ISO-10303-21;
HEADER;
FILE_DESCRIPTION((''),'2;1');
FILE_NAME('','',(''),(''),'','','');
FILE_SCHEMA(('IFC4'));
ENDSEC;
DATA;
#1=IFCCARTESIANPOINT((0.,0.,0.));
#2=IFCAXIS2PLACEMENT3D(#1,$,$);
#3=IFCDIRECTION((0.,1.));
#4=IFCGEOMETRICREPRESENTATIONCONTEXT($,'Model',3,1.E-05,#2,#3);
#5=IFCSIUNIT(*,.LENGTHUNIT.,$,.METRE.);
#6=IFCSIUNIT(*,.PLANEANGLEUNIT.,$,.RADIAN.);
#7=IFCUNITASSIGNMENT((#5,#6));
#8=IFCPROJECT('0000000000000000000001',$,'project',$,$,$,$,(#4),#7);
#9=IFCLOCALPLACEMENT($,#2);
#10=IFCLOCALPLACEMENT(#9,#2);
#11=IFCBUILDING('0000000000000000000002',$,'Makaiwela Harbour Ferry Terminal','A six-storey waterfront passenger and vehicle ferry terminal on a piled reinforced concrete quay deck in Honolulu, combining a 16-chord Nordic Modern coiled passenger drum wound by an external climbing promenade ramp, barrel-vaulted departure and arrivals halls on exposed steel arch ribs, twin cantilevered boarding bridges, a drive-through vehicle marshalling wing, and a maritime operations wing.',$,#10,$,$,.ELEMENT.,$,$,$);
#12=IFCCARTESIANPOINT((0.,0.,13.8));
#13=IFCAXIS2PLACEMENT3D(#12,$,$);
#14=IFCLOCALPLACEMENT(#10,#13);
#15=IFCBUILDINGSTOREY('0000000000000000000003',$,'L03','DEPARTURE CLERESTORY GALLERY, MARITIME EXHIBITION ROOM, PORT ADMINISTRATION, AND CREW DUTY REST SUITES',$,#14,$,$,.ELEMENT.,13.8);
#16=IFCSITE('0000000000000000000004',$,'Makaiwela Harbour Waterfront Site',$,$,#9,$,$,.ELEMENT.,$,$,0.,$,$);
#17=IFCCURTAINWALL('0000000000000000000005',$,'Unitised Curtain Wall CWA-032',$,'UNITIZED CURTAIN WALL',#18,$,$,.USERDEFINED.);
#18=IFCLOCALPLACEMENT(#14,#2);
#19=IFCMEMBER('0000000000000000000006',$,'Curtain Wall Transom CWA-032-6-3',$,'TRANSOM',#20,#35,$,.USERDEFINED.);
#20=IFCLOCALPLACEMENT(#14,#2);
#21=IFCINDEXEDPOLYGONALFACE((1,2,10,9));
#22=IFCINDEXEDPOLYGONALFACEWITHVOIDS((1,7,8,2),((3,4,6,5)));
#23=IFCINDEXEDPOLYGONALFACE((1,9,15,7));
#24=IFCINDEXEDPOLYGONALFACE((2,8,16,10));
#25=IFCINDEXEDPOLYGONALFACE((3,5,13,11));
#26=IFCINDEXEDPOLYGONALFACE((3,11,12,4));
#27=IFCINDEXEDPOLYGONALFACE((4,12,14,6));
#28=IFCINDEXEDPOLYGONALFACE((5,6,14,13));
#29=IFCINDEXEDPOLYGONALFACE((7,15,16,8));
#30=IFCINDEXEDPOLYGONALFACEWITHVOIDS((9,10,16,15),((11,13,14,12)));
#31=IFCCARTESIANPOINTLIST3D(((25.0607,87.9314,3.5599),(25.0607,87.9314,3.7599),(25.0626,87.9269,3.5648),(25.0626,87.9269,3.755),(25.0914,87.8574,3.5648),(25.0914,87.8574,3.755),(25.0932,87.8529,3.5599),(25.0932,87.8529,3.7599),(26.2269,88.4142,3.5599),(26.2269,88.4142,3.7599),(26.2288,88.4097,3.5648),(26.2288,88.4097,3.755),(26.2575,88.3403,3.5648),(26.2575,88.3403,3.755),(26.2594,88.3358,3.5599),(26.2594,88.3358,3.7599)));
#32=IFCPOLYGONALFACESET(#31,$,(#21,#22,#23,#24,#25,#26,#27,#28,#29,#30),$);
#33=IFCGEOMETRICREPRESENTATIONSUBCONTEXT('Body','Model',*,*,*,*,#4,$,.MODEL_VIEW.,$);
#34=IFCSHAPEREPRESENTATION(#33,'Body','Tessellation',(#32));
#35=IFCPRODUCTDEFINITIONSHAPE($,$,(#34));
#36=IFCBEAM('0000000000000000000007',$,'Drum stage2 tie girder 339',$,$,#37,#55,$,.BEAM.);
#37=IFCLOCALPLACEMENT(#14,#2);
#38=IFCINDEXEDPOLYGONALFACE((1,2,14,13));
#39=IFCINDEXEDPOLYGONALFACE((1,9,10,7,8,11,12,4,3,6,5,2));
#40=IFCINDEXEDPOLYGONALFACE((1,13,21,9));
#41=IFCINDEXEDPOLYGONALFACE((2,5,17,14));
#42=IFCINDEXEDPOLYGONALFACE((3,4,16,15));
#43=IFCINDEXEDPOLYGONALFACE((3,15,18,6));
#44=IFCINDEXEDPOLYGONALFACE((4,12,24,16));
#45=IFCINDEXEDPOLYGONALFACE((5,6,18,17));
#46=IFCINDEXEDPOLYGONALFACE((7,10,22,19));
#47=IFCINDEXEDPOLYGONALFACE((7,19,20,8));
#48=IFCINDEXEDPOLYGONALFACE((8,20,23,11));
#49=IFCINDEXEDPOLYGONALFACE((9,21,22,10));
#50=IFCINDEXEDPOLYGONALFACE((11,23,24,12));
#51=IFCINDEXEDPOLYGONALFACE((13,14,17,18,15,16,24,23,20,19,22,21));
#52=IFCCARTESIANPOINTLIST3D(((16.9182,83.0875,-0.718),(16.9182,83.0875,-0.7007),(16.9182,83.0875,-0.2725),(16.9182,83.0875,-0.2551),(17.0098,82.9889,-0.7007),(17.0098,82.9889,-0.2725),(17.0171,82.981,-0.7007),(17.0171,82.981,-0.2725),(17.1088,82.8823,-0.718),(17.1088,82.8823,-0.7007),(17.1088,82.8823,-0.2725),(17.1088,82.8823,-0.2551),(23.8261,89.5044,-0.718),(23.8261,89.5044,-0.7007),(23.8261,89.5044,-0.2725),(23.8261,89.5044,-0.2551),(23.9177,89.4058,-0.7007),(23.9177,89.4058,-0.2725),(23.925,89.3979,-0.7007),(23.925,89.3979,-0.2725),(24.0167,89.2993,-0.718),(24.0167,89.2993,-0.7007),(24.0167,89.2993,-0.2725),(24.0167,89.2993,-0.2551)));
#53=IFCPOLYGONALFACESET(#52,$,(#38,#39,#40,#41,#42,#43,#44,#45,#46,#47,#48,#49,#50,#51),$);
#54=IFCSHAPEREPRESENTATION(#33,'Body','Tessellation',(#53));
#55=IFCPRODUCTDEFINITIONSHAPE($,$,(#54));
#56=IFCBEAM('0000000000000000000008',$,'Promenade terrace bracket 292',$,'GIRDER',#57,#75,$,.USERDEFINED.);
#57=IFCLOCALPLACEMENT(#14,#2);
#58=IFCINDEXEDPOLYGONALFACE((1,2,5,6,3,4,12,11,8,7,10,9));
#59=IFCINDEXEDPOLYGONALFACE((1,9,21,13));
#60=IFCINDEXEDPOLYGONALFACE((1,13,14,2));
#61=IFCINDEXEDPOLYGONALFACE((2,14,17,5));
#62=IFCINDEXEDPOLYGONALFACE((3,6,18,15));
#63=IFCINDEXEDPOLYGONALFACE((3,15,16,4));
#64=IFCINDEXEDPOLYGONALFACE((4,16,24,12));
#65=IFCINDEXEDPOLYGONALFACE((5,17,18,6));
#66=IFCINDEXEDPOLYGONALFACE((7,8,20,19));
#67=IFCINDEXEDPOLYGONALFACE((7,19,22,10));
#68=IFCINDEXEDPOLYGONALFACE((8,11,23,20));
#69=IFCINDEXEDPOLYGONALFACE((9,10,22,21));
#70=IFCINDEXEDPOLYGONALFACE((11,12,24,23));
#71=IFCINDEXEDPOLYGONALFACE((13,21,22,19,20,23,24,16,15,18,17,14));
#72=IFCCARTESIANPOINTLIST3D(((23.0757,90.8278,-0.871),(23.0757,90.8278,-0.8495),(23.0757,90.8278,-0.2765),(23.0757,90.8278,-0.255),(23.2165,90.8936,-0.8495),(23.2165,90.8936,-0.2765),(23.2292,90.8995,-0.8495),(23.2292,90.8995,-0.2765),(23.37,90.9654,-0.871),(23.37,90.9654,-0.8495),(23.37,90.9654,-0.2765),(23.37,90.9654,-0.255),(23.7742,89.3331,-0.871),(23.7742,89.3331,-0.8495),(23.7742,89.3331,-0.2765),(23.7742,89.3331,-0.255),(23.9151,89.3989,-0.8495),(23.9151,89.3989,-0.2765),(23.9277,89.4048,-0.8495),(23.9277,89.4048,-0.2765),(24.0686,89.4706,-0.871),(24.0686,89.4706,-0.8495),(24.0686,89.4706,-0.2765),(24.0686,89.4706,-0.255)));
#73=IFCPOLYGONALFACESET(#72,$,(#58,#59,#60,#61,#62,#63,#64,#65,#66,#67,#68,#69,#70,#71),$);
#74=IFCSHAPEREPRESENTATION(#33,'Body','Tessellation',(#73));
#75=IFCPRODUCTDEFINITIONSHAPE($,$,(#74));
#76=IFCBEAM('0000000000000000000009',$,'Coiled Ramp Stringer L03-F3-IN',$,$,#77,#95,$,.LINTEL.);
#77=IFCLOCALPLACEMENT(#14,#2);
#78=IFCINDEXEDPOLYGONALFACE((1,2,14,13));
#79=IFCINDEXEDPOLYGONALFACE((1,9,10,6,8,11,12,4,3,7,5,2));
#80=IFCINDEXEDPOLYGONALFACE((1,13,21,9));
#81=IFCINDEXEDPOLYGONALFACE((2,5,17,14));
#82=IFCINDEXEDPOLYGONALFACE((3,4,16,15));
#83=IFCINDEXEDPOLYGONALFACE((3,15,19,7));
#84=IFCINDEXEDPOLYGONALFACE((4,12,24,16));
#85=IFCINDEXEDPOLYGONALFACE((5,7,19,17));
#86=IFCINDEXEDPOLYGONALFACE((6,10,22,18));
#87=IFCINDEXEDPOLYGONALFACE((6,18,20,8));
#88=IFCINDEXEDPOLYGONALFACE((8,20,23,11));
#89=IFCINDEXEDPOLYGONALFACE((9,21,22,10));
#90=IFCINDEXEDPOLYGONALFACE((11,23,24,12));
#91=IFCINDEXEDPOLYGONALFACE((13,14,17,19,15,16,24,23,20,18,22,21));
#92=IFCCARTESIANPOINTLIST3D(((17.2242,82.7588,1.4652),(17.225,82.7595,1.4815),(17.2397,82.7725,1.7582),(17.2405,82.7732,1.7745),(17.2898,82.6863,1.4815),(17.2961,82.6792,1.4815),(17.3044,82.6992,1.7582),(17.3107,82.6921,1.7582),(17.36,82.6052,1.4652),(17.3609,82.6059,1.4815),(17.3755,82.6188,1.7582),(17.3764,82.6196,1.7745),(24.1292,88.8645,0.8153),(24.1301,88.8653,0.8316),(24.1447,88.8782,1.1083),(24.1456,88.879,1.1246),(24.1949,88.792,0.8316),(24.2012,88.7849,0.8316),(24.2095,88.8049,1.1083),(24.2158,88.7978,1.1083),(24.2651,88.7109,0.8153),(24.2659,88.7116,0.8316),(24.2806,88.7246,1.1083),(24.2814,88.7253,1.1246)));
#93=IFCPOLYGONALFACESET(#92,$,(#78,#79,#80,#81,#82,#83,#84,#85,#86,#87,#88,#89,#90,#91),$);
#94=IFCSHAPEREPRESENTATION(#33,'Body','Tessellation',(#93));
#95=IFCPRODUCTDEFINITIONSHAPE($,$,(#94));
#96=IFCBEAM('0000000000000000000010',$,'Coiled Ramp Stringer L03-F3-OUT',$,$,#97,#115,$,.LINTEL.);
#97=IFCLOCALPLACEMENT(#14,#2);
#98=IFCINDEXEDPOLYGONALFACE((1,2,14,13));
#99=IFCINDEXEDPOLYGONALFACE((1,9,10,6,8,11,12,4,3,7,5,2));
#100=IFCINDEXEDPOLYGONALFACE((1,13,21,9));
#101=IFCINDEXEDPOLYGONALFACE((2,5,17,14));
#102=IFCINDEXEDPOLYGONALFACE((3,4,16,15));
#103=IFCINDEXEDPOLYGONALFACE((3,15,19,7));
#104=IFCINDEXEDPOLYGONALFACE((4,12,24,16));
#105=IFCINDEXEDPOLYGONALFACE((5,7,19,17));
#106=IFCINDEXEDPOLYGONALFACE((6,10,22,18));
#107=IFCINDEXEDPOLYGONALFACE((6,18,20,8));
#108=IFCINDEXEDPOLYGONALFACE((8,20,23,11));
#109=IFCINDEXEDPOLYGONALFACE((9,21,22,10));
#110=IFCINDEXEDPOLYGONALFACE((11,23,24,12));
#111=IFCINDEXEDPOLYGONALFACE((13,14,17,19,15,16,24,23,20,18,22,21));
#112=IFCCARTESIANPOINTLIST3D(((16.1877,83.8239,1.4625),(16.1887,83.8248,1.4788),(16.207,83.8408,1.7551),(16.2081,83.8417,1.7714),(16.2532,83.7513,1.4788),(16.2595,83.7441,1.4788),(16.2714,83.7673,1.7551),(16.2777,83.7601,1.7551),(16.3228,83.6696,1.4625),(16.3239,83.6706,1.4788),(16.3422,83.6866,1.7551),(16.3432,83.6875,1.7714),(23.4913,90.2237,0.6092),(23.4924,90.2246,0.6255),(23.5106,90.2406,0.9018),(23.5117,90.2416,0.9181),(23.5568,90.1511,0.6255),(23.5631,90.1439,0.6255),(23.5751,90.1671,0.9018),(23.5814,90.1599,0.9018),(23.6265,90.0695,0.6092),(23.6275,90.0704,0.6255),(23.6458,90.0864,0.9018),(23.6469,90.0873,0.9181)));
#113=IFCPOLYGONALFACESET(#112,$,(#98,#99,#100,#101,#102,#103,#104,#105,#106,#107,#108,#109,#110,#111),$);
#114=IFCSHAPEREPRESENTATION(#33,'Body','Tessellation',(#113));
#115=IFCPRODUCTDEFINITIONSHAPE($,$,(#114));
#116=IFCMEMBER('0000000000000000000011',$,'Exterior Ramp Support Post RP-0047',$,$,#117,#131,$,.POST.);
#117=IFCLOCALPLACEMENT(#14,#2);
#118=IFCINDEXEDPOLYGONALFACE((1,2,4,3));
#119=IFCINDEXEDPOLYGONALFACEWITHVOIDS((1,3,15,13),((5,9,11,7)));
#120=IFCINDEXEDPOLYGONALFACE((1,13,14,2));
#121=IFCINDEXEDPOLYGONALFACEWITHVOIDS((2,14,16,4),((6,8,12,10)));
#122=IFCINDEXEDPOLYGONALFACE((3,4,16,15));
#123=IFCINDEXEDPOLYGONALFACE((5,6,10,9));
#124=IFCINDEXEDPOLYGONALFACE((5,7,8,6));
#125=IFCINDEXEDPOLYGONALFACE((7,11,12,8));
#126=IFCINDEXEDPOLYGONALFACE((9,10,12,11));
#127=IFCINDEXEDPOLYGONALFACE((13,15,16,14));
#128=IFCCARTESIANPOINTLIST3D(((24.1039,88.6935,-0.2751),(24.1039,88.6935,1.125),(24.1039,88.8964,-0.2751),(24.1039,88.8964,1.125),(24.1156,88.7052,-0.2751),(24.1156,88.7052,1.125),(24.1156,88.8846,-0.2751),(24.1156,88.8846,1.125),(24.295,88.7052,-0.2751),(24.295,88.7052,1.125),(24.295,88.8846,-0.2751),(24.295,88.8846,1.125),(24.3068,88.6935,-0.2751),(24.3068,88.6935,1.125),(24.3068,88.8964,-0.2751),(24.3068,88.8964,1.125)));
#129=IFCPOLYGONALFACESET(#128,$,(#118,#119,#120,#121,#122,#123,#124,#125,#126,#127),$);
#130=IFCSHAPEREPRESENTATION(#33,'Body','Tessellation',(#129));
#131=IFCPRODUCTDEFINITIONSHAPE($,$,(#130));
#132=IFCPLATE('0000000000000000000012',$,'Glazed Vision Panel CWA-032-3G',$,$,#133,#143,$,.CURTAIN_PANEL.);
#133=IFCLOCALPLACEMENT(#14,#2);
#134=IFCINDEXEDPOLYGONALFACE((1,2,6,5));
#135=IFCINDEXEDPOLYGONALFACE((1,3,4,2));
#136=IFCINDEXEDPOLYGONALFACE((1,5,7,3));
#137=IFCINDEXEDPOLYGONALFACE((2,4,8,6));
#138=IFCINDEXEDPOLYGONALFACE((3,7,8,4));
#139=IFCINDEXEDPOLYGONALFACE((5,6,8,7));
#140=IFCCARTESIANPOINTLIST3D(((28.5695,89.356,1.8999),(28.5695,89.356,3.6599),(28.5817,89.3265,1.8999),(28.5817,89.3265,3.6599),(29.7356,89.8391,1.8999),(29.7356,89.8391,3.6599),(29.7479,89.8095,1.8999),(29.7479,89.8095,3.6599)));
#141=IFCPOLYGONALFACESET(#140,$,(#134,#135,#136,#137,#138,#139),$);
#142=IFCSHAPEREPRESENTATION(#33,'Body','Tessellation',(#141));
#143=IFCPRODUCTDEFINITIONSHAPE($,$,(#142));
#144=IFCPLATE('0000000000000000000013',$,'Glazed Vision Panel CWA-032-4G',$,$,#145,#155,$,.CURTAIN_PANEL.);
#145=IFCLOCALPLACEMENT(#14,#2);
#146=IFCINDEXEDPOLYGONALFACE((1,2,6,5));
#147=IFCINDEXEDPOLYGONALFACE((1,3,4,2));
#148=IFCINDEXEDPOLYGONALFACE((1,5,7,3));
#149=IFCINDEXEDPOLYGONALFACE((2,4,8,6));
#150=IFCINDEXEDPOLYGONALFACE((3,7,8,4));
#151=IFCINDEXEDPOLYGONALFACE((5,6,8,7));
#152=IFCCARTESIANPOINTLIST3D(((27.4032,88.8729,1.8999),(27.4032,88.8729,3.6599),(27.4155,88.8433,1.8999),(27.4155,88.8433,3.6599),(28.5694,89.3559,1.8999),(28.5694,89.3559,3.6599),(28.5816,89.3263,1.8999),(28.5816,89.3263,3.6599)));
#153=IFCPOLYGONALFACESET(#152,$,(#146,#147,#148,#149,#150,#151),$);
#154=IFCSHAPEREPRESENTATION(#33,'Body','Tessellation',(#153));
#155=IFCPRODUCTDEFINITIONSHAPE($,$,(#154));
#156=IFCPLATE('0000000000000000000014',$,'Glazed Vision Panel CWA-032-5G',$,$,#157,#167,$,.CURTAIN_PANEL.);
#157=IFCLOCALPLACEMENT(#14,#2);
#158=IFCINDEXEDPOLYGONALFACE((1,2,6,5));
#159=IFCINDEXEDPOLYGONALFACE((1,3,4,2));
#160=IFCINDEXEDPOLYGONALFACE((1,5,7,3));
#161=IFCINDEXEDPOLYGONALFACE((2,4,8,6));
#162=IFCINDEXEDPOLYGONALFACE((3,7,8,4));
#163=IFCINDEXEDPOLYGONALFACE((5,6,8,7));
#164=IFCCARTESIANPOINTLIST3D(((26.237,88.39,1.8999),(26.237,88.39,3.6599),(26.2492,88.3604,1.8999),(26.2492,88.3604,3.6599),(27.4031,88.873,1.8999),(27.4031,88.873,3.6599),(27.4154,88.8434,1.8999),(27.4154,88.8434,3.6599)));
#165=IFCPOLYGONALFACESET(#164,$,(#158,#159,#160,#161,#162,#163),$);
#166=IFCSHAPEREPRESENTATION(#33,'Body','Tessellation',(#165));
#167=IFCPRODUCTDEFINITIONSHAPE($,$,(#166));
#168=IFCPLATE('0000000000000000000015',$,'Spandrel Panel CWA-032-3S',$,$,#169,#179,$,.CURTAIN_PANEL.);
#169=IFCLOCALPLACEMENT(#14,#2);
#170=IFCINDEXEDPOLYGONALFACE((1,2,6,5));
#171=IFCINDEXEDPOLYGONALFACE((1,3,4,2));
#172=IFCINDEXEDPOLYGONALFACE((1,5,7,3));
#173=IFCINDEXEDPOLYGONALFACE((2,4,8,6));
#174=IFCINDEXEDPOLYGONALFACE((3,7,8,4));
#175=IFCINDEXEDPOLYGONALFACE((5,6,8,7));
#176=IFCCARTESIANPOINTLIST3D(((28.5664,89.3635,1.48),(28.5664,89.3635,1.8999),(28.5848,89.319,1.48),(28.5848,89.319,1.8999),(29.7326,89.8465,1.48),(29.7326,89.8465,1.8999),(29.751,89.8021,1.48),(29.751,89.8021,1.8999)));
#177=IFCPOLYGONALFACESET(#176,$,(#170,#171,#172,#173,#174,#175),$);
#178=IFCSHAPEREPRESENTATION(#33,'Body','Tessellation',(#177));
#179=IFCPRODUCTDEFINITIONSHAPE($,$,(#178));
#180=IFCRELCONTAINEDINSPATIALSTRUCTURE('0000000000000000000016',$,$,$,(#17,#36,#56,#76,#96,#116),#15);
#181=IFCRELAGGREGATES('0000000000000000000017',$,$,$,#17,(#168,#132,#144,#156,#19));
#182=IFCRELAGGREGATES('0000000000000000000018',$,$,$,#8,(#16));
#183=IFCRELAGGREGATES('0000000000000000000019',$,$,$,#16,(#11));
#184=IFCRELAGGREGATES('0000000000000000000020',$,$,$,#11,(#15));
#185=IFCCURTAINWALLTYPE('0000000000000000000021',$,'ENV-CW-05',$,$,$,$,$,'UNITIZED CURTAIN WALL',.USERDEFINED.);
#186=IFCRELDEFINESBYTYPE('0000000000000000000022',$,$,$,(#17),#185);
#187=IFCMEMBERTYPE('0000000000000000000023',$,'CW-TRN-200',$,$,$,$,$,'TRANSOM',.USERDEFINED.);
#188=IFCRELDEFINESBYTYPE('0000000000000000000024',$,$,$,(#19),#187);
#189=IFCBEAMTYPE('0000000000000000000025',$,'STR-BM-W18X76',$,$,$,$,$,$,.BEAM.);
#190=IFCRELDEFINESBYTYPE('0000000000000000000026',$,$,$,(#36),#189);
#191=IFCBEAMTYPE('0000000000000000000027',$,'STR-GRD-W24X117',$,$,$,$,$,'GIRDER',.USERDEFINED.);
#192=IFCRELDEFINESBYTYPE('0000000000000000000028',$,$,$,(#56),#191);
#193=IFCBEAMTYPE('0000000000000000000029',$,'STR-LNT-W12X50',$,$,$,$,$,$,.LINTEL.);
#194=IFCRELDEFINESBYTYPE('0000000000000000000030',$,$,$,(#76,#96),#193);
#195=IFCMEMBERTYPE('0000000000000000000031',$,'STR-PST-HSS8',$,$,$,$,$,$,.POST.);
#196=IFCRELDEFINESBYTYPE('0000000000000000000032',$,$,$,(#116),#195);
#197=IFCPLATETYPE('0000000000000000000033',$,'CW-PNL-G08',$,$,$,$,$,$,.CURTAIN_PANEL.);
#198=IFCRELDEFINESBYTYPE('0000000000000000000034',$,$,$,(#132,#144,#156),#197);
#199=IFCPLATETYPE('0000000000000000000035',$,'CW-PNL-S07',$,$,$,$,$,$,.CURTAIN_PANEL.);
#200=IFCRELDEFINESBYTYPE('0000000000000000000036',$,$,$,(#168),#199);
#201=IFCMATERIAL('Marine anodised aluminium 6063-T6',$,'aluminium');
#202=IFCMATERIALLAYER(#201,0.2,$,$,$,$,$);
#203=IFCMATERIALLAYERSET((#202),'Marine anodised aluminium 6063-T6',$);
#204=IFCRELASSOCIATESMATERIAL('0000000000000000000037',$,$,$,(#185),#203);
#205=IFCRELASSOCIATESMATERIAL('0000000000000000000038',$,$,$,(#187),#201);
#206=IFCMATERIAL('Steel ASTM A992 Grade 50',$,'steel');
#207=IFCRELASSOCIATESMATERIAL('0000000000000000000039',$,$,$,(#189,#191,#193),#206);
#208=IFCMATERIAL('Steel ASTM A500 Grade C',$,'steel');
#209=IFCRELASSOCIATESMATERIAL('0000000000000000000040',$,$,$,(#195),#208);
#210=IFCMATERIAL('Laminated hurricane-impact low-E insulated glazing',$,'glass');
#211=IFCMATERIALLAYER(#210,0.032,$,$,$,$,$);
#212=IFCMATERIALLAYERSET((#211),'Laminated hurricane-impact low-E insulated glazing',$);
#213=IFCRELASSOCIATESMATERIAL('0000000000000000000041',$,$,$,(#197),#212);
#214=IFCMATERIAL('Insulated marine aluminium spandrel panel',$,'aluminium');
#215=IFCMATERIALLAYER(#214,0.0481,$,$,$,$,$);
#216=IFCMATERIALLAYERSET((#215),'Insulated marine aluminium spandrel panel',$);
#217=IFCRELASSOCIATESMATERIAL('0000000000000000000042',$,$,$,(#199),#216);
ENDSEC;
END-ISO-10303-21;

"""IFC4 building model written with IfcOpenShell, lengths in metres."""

from ifc_helpers import new_model, si_unit, direction, frame, origin, origin_2d, place, context, subcontext, project, spatial, rectangle, hollow_rectangle, i_section, extrude, material, layer, layer_set, material_profile, profile_set, type_object, element, aggregate, save


model = new_model("IFC4")

# Units and contexts
model_context = context("Model", 3, precision=1e-05, world=origin(), true_north=direction((0.0, 1.0)))
body_context = subcontext(model_context, "Body", "Model", "MODEL_VIEW")
ifc_project = project(units=[si_unit("LENGTHUNIT", "METRE"), si_unit("PLANEANGLEUNIT", "RADIAN")], contexts=[model_context])

# Site, building, storey
site_placement = place(None, origin())
site = spatial("IfcSite", under=ifc_project, at=site_placement, Name="Makaiwela Harbour Waterfront Site", CompositionType="ELEMENT", RefElevation=0.0)
building_placement = place(site_placement, origin())
building = spatial("IfcBuilding", under=site, at=building_placement, Name="Makaiwela Harbour Ferry Terminal", Description="A six-storey waterfront passenger and vehicle ferry terminal on a piled reinforced concrete quay deck in Honolulu, combining a 16-chord Nordic Modern coiled passenger drum wound by an external climbing promenade ramp, barrel-vaulted departure and arrivals halls on exposed steel arch ribs, twin cantilevered boarding bridges, a drive-through vehicle marshalling wing, and a maritime operations wing.", CompositionType="ELEMENT")
storey_placement = place(building_placement, frame((0.0, 0.0, 13.8)))
storey = spatial("IfcBuildingStorey", under=building, at=storey_placement, Name="L03", Description="DEPARTURE CLERESTORY GALLERY, MARITIME EXHIBITION ROOM, PORT ADMINISTRATION, AND CREW DUTY REST SUITES", CompositionType="ELEMENT", Elevation=13.8)

# Curtain wall, member
ifc_material_1 = material(Name="Marine anodised aluminium 6063-T6", Category="aluminium")
ifc_layer_1 = layer(ifc_material_1, 0.2)
ifc_layer_set_1 = layer_set([ifc_layer_1], Name="Marine anodised aluminium 6063-T6")
curtain_wall_type = type_object("IfcCurtainWallType", Name="ENV-CW-05", ElementType="UNITIZED CURTAIN WALL", PredefinedType="USERDEFINED", material=ifc_layer_set_1)
curtain_wall_placement = place(storey_placement, origin())
curtain_wall = element("IfcCurtainWall", 1, at=curtain_wall_placement, inside=storey, type_object=curtain_wall_type, Name="Unitised Curtain Wall CWA-032", ObjectType="UNITIZED CURTAIN WALL", PredefinedType="USERDEFINED")
ifc_material_profile_1 = material_profile(ifc_material_1, hollow_rectangle(XDim=0.085, YDim=0.2, WallThickness=0.0049, at=origin_2d()), Name="CWT-200X85")
ifc_profile_set_1 = profile_set([ifc_material_profile_1], Name="Marine anodised aluminium 6063-T6")
member_type_1 = type_object("IfcMemberType", Name="CW-TRN-200", ElementType="TRANSOM", PredefinedType="USERDEFINED", material=ifc_profile_set_1)
member_1_placement = place(storey_placement, frame((26.2432, 88.375, 3.6599), z_axis=(-0.923927, -0.382568, 0.0), x_axis=(0.382568, -0.923927, 0.0)))
member_1 = element("IfcMember", 2, at=member_1_placement, type_object=member_type_1, Name="Curtain Wall Transom CWA-032-6-3", ObjectType="TRANSOM", PredefinedType="USERDEFINED", context=body_context, shape_type="SweptSolid", body=[
    extrude(hollow_rectangle(XDim=0.085, YDim=0.2, WallThickness=0.0049, at=origin_2d()), origin(), (0.0, 0.0, 1.0), 1.2622),
])

# Beams
ifc_material_2 = material(Name="Steel ASTM A992 Grade 50", Category="steel")
ifc_material_profile_2 = material_profile(ifc_material_2, i_section(OverallWidth=0.28, OverallDepth=0.4629, WebThickness=0.0107, FlangeThickness=0.0173, at=origin_2d()), Name="W18X76")
ifc_profile_set_2 = profile_set([ifc_material_profile_2], Name="Steel ASTM A992 Grade 50")
beam_type_1 = type_object("IfcBeamType", Name="STR-BM-W18X76", PredefinedType="BEAM", material=ifc_profile_set_2)
beam_1_placement = place(storey_placement, frame((23.9214, 89.4019, -0.4866), z_axis=(-0.732663, -0.680591, 0.0), x_axis=(0.680591, -0.732663, 0.0)))
element("IfcBeam", 3, at=beam_1_placement, inside=storey, type_object=beam_type_1, Name="Drum stage2 tie girder 339", PredefinedType="BEAM", context=body_context, shape_type="SweptSolid", body=[
    extrude(i_section(OverallWidth=0.28, OverallDepth=0.4629, WebThickness=0.0107, FlangeThickness=0.0173, at=origin_2d()), origin(), (0.0, 0.0, 1.0), 9.4285),
])
ifc_material_profile_3 = material_profile(ifc_material_2, i_section(OverallWidth=0.325, OverallDepth=0.616, WebThickness=0.0139, FlangeThickness=0.0215, at=origin_2d()), Name="W24X117")
ifc_profile_set_3 = profile_set([ifc_material_profile_3], Name="Steel ASTM A992 Grade 50")
beam_type_2 = type_object("IfcBeamType", Name="STR-GRD-W24X117", ElementType="GIRDER", PredefinedType="USERDEFINED", material=ifc_profile_set_3)
beam_2_placement = place(storey_placement, frame((23.9214, 89.4019, -0.563), z_axis=(-0.42338, 0.905952, 0.0), x_axis=(-0.905952, -0.42338, 0.0)))
element("IfcBeam", 4, at=beam_2_placement, inside=storey, type_object=beam_type_2, Name="Promenade terrace bracket 292", ObjectType="GIRDER", PredefinedType="USERDEFINED", context=body_context, shape_type="SweptSolid", body=[
    extrude(i_section(OverallWidth=0.325, OverallDepth=0.616, WebThickness=0.0139, FlangeThickness=0.0215, at=origin_2d()), origin(), (0.0, 0.0, 1.0), 1.6499),
])
ifc_material_profile_4 = material_profile(ifc_material_2, i_section(OverallWidth=0.2051, OverallDepth=0.3101, WebThickness=0.0095, FlangeThickness=0.0164, at=origin_2d()), Name="W12X50")
ifc_profile_set_4 = profile_set([ifc_material_profile_4], Name="Steel ASTM A992 Grade 50")
beam_type_3 = type_object("IfcBeamType", Name="STR-LNT-W12X50", PredefinedType="LINTEL", material=ifc_profile_set_4)
beam_3_placement = place(storey_placement, frame((24.2053, 88.7949, 0.97), z_axis=(-0.74728, -0.660776, 0.070334), x_axis=(0.662417, -0.749136, 0.0)))
element("IfcBeam", 5, at=beam_3_placement, inside=storey, type_object=beam_type_3, Name="Coiled Ramp Stringer L03-F3-IN", PredefinedType="LINTEL", context=body_context, shape_type="SweptSolid", body=[
    extrude(i_section(OverallWidth=0.2051, OverallDepth=0.3101, WebThickness=0.0095, FlangeThickness=0.0164, at=origin_2d()), origin(), (0.0, 0.0, 1.0), 9.2402),
])
beam_4_placement = place(storey_placement, frame((23.5691, 90.1555, 0.7637), z_axis=(-0.749223, -0.656509, 0.08753), x_axis=(0.659038, -0.752109, 0.0)))
element("IfcBeam", 6, at=beam_4_placement, inside=storey, type_object=beam_type_3, Name="Coiled Ramp Stringer L03-F3-OUT", PredefinedType="LINTEL", context=body_context, shape_type="SweptSolid", body=[
    extrude(i_section(OverallWidth=0.2051, OverallDepth=0.3101, WebThickness=0.0095, FlangeThickness=0.0164, at=origin_2d()), origin(), (0.0, 0.0, 1.0), 9.7483),
])

# Member
ifc_material_3 = material(Name="Steel ASTM A500 Grade C", Category="steel")
ifc_material_profile_5 = material_profile(ifc_material_3, hollow_rectangle(XDim=0.2029, YDim=0.2029, WallThickness=0.0117, at=origin_2d()), Name="HSS8X8X1/2")
ifc_profile_set_5 = profile_set([ifc_material_profile_5], Name="Steel ASTM A500 Grade C")
member_type_2 = type_object("IfcMemberType", Name="STR-PST-HSS8", PredefinedType="POST", material=ifc_profile_set_5)
member_2_placement = place(storey_placement, frame((24.2053, 88.7949, -0.2751), z_axis=(0.0, 0.0, 1.0), x_axis=(1.0, 0.0, 0.0)))
element("IfcMember", 7, at=member_2_placement, inside=storey, type_object=member_type_2, Name="Exterior Ramp Support Post RP-0047", PredefinedType="POST", context=body_context, shape_type="SweptSolid", body=[
    extrude(hollow_rectangle(XDim=0.2029, YDim=0.2029, WallThickness=0.0117, at=origin_2d()), origin(), (0.0, 0.0, 1.0), 1.4001),
])

# Plates
ifc_material_4 = material(Name="Laminated hurricane-impact low-E insulated glazing", Category="glass")
ifc_layer_2 = layer(ifc_material_4, 0.032)
ifc_layer_set_2 = layer_set([ifc_layer_2], Name="Laminated hurricane-impact low-E insulated glazing")
plate_type_1 = type_object("IfcPlateType", Name="CW-PNL-G08", PredefinedType="CURTAIN_PANEL", material=ifc_layer_set_2)
plate_1_placement = place(storey_placement, frame((29.1587, 89.5828, 1.8999), z_axis=(0.0, 0.0, 1.0), x_axis=(-0.92388, -0.382683, 0.0)))
plate_1 = element("IfcPlate", 8, at=plate_1_placement, type_object=plate_type_1, Name="Glazed Vision Panel CWA-032-3G", PredefinedType="CURTAIN_PANEL", context=body_context, shape_type="SweptSolid", body=[
    extrude(rectangle(XDim=1.2622, YDim=0.032, at=origin_2d()), origin(), (0.0, 0.0, 1.0), 1.76),
])
plate_2_placement = place(storey_placement, frame((27.9924, 89.0996, 1.8999), z_axis=(0.0, 0.0, 1.0), x_axis=(-0.92388, -0.382683, 0.0)))
plate_2 = element("IfcPlate", 9, at=plate_2_placement, type_object=plate_type_1, Name="Glazed Vision Panel CWA-032-4G", PredefinedType="CURTAIN_PANEL", context=body_context, shape_type="SweptSolid", body=[
    extrude(rectangle(XDim=1.2622, YDim=0.032, at=origin_2d()), origin(), (0.0, 0.0, 1.0), 1.76),
])
plate_3_placement = place(storey_placement, frame((26.8262, 88.6167, 1.8999), z_axis=(0.0, 0.0, 1.0), x_axis=(-0.92388, -0.382683, 0.0)))
plate_3 = element("IfcPlate", 10, at=plate_3_placement, type_object=plate_type_1, Name="Glazed Vision Panel CWA-032-5G", PredefinedType="CURTAIN_PANEL", context=body_context, shape_type="SweptSolid", body=[
    extrude(rectangle(XDim=1.2622, YDim=0.032, at=origin_2d()), origin(), (0.0, 0.0, 1.0), 1.76),
])
ifc_material_5 = material(Name="Insulated marine aluminium spandrel panel", Category="aluminium")
ifc_layer_3 = layer(ifc_material_5, 0.0481)
ifc_layer_set_3 = layer_set([ifc_layer_3], Name="Insulated marine aluminium spandrel panel")
plate_type_2 = type_object("IfcPlateType", Name="CW-PNL-S07", PredefinedType="CURTAIN_PANEL", material=ifc_layer_set_3)
plate_4_placement = place(storey_placement, frame((29.1587, 89.5828, 1.48), z_axis=(0.0, 0.0, 1.0), x_axis=(-0.92388, -0.382683, 0.0)))
plate_4 = element("IfcPlate", 11, at=plate_4_placement, type_object=plate_type_2, Name="Spandrel Panel CWA-032-3S", PredefinedType="CURTAIN_PANEL", context=body_context, shape_type="SweptSolid", body=[
    extrude(rectangle(XDim=1.2622, YDim=0.0481, at=origin_2d()), origin(), (0.0, 0.0, 1.0), 0.4199),
])
aggregate(curtain_wall, [plate_4, plate_1, plate_2, plate_3, member_1])

save(model, "model.ifc")
